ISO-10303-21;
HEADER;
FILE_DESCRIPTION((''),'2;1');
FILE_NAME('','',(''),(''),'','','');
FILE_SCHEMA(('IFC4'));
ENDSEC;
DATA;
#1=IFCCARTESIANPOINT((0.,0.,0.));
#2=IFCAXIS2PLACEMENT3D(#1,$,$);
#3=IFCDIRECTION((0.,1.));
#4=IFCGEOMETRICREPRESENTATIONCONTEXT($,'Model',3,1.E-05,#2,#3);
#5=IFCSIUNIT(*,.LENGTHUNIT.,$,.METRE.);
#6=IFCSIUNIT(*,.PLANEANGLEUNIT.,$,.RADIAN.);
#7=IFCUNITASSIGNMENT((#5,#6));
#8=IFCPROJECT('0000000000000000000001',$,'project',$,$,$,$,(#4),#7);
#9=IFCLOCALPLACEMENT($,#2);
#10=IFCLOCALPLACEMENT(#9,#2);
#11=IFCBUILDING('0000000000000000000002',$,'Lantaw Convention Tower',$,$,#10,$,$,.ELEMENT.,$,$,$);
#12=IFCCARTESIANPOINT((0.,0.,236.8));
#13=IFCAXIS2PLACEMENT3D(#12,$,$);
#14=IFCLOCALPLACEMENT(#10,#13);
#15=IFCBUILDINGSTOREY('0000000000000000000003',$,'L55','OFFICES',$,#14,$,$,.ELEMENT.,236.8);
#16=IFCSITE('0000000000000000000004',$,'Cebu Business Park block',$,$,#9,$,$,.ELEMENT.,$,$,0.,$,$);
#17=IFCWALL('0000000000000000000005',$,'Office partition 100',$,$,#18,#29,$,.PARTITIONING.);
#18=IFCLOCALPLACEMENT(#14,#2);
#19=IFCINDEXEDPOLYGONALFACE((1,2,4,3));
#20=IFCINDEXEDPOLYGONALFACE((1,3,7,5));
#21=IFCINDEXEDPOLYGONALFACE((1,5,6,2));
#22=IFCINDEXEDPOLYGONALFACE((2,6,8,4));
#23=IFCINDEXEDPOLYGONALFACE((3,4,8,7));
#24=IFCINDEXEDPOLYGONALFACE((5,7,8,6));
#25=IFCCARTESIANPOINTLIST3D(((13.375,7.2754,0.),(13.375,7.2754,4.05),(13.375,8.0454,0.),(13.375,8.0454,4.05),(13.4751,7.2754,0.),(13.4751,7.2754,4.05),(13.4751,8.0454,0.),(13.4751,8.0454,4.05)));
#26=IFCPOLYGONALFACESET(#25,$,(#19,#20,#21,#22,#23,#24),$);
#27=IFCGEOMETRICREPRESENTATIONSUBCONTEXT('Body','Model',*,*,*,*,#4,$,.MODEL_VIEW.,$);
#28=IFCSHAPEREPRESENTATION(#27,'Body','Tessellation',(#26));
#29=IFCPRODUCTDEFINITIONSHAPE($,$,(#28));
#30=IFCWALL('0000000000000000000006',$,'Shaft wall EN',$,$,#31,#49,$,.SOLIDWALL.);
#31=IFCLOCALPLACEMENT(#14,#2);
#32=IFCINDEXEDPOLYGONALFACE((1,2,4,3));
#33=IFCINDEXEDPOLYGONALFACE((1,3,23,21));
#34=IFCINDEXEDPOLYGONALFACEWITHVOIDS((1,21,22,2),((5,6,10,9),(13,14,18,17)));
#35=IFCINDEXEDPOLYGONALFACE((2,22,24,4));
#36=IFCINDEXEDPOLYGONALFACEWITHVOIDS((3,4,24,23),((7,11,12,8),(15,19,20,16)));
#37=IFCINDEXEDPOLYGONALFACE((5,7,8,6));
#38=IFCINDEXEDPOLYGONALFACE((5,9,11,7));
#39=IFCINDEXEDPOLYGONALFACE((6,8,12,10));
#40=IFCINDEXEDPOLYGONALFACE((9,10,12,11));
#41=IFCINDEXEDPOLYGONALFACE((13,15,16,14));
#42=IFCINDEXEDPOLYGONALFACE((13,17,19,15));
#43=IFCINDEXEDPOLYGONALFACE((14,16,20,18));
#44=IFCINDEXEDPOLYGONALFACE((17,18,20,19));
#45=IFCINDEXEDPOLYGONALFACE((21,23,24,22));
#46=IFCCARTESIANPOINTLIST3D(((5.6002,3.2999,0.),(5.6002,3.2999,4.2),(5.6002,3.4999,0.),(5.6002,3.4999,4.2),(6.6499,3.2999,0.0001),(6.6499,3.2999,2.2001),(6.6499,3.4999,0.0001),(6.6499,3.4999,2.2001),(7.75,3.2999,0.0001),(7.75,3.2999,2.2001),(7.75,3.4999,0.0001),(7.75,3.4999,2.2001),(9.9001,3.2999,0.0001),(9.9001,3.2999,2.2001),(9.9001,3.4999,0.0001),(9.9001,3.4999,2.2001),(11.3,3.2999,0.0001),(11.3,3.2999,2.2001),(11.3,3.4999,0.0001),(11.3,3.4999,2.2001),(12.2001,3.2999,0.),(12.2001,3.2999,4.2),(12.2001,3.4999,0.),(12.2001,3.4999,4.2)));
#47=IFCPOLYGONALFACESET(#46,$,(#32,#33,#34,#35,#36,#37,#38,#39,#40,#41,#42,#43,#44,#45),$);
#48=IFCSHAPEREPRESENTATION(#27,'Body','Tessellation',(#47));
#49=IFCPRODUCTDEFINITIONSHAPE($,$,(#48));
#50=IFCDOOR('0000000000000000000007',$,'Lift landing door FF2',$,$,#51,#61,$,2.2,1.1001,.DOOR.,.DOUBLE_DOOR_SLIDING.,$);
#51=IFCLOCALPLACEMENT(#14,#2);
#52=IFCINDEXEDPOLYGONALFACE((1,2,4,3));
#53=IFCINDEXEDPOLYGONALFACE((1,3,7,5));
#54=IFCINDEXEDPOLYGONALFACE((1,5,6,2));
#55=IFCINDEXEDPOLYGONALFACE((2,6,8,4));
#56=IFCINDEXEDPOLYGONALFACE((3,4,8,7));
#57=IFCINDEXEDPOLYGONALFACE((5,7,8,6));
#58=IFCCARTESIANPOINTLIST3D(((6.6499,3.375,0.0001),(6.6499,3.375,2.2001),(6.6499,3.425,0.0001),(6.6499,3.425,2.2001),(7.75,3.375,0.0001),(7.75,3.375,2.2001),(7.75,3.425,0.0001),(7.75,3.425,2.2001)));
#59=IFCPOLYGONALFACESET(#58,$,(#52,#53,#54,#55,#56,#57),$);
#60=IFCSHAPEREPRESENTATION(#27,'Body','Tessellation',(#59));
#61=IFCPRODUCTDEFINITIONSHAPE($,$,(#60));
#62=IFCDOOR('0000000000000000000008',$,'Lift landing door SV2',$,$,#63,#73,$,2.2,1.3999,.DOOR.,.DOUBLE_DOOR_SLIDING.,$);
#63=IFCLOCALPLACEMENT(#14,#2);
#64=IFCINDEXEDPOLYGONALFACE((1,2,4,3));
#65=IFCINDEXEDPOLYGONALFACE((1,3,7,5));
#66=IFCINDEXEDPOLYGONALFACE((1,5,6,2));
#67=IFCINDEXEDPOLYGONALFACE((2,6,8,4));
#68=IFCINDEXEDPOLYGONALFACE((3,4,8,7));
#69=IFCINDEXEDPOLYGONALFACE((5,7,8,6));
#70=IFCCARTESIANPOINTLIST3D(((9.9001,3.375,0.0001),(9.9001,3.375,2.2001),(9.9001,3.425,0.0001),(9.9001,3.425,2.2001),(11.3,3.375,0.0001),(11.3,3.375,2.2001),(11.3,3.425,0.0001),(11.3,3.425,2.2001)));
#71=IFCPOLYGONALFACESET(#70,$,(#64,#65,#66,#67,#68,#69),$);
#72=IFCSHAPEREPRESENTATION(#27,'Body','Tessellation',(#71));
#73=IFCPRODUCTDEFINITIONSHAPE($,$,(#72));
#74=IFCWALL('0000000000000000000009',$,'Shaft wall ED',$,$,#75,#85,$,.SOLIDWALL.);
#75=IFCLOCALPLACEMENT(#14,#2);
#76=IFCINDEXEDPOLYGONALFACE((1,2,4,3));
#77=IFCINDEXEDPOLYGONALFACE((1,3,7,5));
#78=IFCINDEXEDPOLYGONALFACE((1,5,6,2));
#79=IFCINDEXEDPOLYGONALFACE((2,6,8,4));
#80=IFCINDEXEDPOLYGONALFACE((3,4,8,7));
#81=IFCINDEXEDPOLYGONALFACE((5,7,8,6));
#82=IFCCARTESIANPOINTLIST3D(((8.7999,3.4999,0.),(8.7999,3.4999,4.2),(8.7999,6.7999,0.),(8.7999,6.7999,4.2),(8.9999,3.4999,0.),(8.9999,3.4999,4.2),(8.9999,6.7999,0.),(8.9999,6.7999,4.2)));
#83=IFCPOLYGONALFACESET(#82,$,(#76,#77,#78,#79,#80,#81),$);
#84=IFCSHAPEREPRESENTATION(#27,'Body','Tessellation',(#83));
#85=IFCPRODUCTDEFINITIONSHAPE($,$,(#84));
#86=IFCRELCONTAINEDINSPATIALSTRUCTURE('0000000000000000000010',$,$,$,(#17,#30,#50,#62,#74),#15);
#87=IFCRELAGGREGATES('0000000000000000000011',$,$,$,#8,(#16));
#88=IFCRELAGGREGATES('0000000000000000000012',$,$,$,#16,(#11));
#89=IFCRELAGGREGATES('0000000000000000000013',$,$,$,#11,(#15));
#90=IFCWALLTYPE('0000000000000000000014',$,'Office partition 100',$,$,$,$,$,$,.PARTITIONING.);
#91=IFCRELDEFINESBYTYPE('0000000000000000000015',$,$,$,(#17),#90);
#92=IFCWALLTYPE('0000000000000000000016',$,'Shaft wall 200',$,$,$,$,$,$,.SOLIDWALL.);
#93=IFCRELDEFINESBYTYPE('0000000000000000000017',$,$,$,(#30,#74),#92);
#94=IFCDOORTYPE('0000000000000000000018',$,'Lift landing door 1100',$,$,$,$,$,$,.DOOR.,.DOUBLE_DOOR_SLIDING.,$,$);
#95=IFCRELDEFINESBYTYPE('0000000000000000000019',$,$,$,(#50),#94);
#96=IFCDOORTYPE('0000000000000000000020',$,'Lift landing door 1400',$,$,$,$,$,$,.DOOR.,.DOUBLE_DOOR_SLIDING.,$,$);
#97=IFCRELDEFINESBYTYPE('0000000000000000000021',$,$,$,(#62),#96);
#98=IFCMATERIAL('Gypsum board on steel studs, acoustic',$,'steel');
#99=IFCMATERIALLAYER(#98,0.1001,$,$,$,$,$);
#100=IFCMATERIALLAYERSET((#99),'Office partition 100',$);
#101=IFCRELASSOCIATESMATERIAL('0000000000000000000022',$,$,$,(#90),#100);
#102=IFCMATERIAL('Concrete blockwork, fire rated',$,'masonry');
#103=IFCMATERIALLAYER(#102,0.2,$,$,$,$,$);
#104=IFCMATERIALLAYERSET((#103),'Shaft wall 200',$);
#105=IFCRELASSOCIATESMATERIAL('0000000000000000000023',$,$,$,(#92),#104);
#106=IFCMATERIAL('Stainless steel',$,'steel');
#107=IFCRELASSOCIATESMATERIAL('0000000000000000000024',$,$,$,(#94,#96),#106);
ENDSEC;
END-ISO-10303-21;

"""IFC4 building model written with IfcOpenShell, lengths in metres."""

from ifc_helpers import new_model, si_unit, direction, frame, frame_2d, origin, place, context, subcontext, project, spatial, rectangle, extrude, material, layer, layer_set, type_object, element, fill, save


model = new_model("IFC4")

# Units and contexts
model_context = context("Model", 3, precision=1e-05, world=origin(), true_north=direction((0.0, 1.0)))
body_context = subcontext(model_context, "Body", "Model", "MODEL_VIEW")
ifc_project = project(units=[si_unit("LENGTHUNIT", "METRE"), si_unit("PLANEANGLEUNIT", "RADIAN")], contexts=[model_context])

# Site, building, storey
site_placement = place(None, origin())
site = spatial("IfcSite", under=ifc_project, at=site_placement, Name="Cebu Business Park block", CompositionType="ELEMENT", RefElevation=0.0)
building_placement = place(site_placement, origin())
building = spatial("IfcBuilding", under=site, at=building_placement, Name="Lantaw Convention Tower", CompositionType="ELEMENT")
storey_placement = place(building_placement, frame((0.0, 0.0, 236.8)))
storey = spatial("IfcBuildingStorey", under=building, at=storey_placement, Name="L55", Description="OFFICES", CompositionType="ELEMENT", Elevation=236.8)

# Shared definitions
ifc_material_1 = material(Name="Gypsum board on steel studs, acoustic", Category="steel")
ifc_layer_1 = layer(ifc_material_1, 0.1001)
ifc_layer_set_1 = layer_set([ifc_layer_1], Name="Office partition 100")
wall_type_1 = type_object("IfcWallType", Name="Office partition 100", PredefinedType="PARTITIONING", material=ifc_layer_set_1)

# Wall
wall_1_placement = place(storey_placement, frame((13.425, 7.2754, 0.0), z_axis=(0.0, 0.0, 1.0), x_axis=(0.0, 1.0, 0.0)))
element("IfcWall", 1, at=wall_1_placement, inside=storey, type_object=wall_type_1, Name="Office partition 100", PredefinedType="PARTITIONING", context=body_context, shape_type="SweptSolid", body=[
    extrude(rectangle(XDim=0.77, YDim=0.1001, at=frame_2d((0.385, 0.0))), origin(), (0.0, 0.0, 1.0), 4.05),
])

# Wall, openings, doors
ifc_material_2 = material(Name="Concrete blockwork, fire rated", Category="masonry")
ifc_layer_2 = layer(ifc_material_2, 0.2)
ifc_layer_set_2 = layer_set([ifc_layer_2], Name="Shaft wall 200")
wall_type_2 = type_object("IfcWallType", Name="Shaft wall 200", PredefinedType="SOLIDWALL", material=ifc_layer_set_2)
wall_2_placement = place(storey_placement, frame((12.2, 3.3999, 0.0), z_axis=(0.0, 0.0, 1.0), x_axis=(-1.0, 0.0, 0.0)))
wall_2 = element("IfcWall", 2, at=wall_2_placement, inside=storey, type_object=wall_type_2, Name="Shaft wall EN", PredefinedType="SOLIDWALL", context=body_context, shape_type="SweptSolid", body=[
    extrude(rectangle(XDim=6.5999, YDim=0.2, at=frame_2d((3.2998, 0.0))), origin(), (0.0, 0.0, 1.0), 4.2),
])
opening_1_placement = place(wall_2_placement, frame((4.45, 0.0, 0.0)))
opening_1 = element("IfcOpeningElement", 3, at=opening_1_placement, cuts=wall_2, PredefinedType="OPENING", context=body_context, shape_type="SweptSolid", body=[
    extrude(rectangle(XDim=1.1001, YDim=2.2, at=frame_2d((0.55, 1.1001))), frame((0.0, 0.1099, 0.0), z_axis=(0.0, -1.0, 0.0), x_axis=(1.0, 0.0, 0.0)), (0.0, 0.0, 1.0), 0.22),
])
opening_2_placement = place(wall_2_placement, frame((0.8999, 0.0, 0.0)))
opening_2 = element("IfcOpeningElement", 4, at=opening_2_placement, cuts=wall_2, PredefinedType="OPENING", context=body_context, shape_type="SweptSolid", body=[
    extrude(rectangle(XDim=1.3999, YDim=2.2, at=frame_2d((0.7, 1.1001))), frame((0.0, 0.1099, 0.0), z_axis=(0.0, -1.0, 0.0), x_axis=(1.0, 0.0, 0.0)), (0.0, 0.0, 1.0), 0.22),
])
ifc_material_3 = material(Name="Stainless steel", Category="steel")
door_type_1 = type_object("IfcDoorType", Name="Lift landing door 1100", OperationType="DOUBLE_DOOR_SLIDING", PredefinedType="DOOR", material=ifc_material_3)
door_1_placement = place(opening_1_placement, origin())
door_1 = element("IfcDoor", 5, at=door_1_placement, inside=storey, type_object=door_type_1, Name="Lift landing door FF2", OperationType="DOUBLE_DOOR_SLIDING", OverallHeight=2.2, OverallWidth=1.1001, PredefinedType="DOOR", context=body_context, shape_type="SweptSolid", body=[
    extrude(rectangle(XDim=1.1001, YDim=2.2, at=frame_2d((0.55, 1.1001))), frame((0.0, 0.0249, 0.0), z_axis=(0.0, -1.0, 0.0), x_axis=(1.0, 0.0, 0.0)), (0.0, 0.0, 1.0), 0.05),
])
fill(opening_1, door_1)
door_type_2 = type_object("IfcDoorType", Name="Lift landing door 1400", OperationType="DOUBLE_DOOR_SLIDING", PredefinedType="DOOR", material=ifc_material_3)
door_2_placement = place(opening_2_placement, origin())
door_2 = element("IfcDoor", 6, at=door_2_placement, inside=storey, type_object=door_type_2, Name="Lift landing door SV2", OperationType="DOUBLE_DOOR_SLIDING", OverallHeight=2.2, OverallWidth=1.3999, PredefinedType="DOOR", context=body_context, shape_type="SweptSolid", body=[
    extrude(rectangle(XDim=1.3999, YDim=2.2, at=frame_2d((0.7, 1.1001))), frame((0.0, 0.0249, 0.0), z_axis=(0.0, -1.0, 0.0), x_axis=(1.0, 0.0, 0.0)), (0.0, 0.0, 1.0), 0.05),
])
fill(opening_2, door_2)

# Wall
wall_3_placement = place(storey_placement, frame((8.8999, 3.5, 0.0), z_axis=(0.0, 0.0, 1.0), x_axis=(0.0, 1.0, 0.0)))
element("IfcWall", 7, at=wall_3_placement, inside=storey, type_object=wall_type_2, Name="Shaft wall ED", PredefinedType="SOLIDWALL", context=body_context, shape_type="SweptSolid", body=[
    extrude(rectangle(XDim=3.3, YDim=0.2, at=frame_2d((1.6499, 0.0))), origin(), (0.0, 0.0, 1.0), 4.2),
])

save(model, "model.ifc")
